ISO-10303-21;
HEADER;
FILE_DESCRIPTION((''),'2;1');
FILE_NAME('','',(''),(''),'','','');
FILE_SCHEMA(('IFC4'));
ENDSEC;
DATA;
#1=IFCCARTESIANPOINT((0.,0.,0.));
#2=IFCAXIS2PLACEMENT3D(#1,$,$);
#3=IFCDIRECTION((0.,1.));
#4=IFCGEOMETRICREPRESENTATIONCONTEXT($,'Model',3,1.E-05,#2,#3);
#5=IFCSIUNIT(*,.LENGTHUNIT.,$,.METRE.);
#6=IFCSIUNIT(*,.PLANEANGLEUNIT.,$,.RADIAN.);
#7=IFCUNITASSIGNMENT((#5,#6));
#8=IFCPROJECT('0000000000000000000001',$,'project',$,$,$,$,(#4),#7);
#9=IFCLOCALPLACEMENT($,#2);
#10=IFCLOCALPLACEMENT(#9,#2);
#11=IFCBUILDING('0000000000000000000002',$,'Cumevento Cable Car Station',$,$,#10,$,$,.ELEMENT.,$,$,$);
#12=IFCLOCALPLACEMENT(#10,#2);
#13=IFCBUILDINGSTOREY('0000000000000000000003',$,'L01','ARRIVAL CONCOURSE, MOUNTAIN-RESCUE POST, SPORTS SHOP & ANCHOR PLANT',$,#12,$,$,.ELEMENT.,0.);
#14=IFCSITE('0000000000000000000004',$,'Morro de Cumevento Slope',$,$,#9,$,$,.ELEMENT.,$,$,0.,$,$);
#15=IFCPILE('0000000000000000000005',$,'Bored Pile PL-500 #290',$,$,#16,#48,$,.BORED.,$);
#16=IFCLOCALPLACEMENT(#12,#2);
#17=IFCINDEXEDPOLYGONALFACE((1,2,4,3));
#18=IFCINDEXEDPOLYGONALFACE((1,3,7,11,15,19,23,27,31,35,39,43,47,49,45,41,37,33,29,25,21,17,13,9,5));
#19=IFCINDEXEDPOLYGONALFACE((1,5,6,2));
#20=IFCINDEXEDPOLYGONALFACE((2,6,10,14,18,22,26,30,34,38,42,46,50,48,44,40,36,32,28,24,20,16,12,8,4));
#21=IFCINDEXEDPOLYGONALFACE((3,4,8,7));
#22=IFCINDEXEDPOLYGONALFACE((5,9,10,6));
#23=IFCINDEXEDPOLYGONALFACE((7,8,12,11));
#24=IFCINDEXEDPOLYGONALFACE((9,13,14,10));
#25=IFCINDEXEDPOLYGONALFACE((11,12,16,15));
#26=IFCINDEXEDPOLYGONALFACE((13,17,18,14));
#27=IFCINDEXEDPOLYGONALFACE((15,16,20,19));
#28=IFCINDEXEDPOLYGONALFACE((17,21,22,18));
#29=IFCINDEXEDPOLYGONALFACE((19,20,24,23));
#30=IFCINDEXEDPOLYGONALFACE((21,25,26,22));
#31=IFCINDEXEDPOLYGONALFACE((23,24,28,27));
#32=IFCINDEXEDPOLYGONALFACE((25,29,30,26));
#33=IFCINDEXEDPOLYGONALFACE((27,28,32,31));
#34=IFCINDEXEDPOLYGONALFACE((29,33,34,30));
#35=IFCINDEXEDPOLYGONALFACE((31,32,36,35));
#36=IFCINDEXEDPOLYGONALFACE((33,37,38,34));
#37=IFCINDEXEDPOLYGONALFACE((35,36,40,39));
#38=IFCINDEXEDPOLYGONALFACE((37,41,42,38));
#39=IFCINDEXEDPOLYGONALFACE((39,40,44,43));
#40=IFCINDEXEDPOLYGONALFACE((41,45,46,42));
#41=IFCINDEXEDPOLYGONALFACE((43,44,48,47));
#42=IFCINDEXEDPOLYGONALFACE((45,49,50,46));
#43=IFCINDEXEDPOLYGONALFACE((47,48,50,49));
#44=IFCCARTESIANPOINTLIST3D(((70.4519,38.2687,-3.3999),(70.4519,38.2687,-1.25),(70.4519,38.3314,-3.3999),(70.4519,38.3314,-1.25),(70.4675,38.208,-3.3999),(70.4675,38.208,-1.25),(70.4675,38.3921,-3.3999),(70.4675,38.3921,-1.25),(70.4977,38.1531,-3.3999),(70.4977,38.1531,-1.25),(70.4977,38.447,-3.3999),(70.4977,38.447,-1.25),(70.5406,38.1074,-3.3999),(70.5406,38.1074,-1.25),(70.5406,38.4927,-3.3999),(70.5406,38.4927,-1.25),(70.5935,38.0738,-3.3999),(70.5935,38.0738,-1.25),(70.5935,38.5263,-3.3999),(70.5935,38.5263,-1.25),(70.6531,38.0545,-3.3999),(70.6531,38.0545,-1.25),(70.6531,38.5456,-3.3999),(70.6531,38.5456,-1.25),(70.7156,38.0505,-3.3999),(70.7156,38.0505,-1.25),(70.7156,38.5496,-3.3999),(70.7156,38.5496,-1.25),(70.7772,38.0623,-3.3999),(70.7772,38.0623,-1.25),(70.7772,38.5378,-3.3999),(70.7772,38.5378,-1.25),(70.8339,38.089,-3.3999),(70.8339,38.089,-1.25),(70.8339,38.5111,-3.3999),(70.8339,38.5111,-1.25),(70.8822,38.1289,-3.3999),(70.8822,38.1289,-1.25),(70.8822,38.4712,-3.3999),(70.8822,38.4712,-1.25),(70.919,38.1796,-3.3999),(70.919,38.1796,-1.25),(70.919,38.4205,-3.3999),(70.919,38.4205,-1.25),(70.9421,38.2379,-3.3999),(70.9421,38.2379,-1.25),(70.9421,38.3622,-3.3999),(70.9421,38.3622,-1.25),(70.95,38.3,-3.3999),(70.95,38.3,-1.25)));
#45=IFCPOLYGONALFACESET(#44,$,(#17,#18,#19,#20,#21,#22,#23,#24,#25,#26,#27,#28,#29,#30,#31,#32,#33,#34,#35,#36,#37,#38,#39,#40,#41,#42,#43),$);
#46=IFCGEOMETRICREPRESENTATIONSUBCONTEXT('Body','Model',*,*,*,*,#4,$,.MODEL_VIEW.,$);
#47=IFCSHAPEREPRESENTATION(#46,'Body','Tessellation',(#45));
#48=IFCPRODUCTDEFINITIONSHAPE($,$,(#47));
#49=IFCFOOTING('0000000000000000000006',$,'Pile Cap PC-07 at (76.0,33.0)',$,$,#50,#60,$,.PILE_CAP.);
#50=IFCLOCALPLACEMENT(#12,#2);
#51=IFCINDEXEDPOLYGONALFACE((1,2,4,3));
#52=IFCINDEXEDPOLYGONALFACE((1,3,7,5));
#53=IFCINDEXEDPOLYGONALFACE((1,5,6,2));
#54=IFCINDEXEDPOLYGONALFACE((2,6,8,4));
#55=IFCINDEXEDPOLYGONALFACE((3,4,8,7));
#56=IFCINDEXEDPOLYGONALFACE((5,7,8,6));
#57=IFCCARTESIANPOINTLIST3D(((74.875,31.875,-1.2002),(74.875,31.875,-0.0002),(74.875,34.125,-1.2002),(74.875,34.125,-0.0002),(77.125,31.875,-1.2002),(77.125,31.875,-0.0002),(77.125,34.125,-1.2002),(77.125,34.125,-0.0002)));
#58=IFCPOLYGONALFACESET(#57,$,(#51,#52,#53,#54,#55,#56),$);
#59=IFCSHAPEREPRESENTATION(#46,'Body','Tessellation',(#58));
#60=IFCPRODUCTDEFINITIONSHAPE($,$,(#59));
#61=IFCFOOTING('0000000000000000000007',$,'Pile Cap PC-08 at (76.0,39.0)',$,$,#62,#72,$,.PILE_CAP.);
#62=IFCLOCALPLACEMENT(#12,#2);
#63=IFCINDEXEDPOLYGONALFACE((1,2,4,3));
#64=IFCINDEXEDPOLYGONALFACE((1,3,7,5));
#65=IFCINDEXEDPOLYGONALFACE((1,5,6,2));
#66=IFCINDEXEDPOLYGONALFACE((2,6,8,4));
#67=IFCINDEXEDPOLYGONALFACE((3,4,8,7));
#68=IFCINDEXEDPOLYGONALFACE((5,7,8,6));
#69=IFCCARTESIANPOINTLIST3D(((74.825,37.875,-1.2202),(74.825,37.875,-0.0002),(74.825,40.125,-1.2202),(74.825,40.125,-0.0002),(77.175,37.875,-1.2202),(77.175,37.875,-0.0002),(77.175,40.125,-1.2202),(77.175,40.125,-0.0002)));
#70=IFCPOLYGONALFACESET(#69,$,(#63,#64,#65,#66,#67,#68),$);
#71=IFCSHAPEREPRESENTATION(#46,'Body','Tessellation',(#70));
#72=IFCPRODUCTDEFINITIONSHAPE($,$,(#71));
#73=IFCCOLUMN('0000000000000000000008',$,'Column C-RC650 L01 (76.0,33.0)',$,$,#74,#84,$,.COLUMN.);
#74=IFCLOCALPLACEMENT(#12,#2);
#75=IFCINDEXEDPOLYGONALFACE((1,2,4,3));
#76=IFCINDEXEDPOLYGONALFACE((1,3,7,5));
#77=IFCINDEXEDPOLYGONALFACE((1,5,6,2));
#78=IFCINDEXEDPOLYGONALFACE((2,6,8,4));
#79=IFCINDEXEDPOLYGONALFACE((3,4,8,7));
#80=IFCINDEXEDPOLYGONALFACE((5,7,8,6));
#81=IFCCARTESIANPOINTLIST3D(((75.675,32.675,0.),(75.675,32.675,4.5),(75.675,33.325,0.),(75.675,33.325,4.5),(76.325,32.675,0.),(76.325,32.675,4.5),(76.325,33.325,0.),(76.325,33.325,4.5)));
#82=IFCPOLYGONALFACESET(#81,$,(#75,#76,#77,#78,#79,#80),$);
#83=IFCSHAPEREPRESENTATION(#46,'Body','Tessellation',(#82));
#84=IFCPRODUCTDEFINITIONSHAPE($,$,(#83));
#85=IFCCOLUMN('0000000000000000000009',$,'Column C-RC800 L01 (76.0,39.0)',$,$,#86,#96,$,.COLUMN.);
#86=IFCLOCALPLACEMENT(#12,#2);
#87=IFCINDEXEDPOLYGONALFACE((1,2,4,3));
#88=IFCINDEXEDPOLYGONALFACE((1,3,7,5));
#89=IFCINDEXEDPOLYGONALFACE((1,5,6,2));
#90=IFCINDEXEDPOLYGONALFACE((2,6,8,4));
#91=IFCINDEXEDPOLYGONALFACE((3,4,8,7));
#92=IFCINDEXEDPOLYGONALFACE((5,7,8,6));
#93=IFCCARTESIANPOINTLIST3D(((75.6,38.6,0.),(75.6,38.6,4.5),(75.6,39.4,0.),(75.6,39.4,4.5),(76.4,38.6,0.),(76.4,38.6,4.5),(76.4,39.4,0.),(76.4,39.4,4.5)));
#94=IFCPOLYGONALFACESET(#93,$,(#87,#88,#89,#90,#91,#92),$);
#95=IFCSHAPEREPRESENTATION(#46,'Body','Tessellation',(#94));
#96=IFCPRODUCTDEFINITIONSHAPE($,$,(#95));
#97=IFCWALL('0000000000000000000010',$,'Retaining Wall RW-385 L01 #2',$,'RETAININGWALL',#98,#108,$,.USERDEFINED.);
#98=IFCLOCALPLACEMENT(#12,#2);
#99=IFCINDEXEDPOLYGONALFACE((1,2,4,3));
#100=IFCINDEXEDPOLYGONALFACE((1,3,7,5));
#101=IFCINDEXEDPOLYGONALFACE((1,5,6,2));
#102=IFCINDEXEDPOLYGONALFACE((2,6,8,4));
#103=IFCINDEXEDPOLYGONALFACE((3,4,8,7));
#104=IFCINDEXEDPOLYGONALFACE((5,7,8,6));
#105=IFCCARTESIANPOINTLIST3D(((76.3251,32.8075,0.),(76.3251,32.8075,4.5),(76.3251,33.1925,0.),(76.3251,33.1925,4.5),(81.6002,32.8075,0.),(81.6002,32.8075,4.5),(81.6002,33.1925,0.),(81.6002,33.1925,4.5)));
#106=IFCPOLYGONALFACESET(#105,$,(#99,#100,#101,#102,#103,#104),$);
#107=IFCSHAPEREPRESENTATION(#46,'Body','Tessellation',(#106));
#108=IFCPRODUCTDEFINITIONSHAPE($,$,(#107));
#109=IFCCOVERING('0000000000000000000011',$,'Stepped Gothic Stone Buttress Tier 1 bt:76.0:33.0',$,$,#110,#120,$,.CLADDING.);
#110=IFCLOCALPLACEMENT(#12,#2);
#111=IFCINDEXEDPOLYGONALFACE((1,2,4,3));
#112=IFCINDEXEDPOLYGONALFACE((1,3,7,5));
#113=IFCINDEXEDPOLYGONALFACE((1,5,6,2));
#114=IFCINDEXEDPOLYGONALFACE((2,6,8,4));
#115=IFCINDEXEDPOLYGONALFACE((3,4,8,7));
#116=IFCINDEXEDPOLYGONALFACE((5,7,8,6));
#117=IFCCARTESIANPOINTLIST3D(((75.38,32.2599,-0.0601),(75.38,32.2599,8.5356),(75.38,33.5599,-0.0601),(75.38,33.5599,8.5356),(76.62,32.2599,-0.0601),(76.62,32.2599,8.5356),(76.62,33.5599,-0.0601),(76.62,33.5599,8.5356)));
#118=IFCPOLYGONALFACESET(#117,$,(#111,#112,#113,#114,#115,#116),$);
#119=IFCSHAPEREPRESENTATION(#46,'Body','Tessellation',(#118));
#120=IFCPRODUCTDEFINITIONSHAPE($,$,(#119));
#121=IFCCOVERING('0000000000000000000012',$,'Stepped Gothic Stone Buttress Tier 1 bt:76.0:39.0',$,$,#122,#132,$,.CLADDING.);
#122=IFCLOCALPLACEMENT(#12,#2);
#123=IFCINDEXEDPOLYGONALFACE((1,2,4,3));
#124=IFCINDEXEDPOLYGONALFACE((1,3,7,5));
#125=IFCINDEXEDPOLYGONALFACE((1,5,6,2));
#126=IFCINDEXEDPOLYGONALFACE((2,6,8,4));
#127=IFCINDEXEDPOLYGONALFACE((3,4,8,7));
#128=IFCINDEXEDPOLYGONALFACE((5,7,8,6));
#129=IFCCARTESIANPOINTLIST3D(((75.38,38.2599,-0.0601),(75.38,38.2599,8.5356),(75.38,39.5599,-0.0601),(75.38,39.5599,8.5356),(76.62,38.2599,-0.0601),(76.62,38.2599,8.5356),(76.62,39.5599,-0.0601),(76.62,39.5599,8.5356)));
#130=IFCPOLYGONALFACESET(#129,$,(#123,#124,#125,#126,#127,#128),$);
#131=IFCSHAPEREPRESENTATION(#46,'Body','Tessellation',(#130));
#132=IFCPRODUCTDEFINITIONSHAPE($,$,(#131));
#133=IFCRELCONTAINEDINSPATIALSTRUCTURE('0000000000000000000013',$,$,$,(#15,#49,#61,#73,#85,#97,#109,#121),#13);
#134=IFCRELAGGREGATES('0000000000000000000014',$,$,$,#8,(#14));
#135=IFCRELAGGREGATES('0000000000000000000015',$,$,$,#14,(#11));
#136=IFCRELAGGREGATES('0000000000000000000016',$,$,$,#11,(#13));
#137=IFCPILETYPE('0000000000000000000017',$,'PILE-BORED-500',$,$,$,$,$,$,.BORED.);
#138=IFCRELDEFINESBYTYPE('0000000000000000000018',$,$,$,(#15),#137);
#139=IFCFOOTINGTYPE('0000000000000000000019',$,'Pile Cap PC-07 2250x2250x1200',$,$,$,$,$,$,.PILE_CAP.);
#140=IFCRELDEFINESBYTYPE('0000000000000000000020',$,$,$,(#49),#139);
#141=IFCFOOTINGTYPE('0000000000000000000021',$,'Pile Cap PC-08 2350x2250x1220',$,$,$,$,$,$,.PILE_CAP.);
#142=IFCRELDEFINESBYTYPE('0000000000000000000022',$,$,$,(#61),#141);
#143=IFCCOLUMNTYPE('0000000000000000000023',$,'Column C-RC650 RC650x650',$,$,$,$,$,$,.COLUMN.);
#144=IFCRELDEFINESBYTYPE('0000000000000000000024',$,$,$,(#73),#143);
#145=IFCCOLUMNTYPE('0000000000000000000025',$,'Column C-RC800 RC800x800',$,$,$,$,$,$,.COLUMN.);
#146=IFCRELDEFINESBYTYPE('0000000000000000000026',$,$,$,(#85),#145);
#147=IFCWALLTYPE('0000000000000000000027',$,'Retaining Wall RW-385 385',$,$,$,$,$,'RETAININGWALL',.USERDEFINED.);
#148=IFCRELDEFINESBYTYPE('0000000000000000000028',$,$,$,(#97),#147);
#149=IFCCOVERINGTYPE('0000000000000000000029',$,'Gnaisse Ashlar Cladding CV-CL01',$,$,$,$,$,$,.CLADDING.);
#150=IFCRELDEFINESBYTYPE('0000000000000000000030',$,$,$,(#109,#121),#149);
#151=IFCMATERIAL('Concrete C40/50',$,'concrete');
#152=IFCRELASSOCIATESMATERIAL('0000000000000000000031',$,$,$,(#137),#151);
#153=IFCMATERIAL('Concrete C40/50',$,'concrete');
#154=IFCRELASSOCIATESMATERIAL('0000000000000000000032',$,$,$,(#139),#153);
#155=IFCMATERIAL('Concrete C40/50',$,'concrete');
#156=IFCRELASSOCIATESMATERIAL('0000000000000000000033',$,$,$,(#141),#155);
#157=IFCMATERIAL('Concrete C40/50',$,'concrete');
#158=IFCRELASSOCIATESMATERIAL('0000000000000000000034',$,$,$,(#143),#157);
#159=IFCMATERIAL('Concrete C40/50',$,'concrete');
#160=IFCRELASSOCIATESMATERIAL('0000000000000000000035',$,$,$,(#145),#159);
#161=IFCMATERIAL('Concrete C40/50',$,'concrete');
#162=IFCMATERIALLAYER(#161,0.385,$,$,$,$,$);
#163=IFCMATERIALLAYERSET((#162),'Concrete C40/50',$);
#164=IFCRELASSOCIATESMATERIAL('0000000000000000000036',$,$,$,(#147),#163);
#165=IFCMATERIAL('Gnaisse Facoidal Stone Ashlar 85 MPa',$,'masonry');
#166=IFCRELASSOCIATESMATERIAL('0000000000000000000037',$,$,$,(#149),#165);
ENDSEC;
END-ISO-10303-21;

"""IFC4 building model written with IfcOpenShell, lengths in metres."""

from ifc_helpers import new_model, si_unit, direction, frame, frame_2d, origin, origin_2d, place, context, subcontext, project, spatial, rectangle, circle, extrude, material, layer, layer_set, material_profile, profile_set, type_object, element, save


model = new_model("IFC4")

# Units and contexts
model_context = context("Model", 3, precision=1e-05, world=origin(), true_north=direction((0.0, 1.0)))
body_context = subcontext(model_context, "Body", "Model", "MODEL_VIEW")
ifc_project = project(units=[si_unit("LENGTHUNIT", "METRE"), si_unit("PLANEANGLEUNIT", "RADIAN")], contexts=[model_context])

# Site, building, storey
site_placement = place(None, origin())
site = spatial("IfcSite", under=ifc_project, at=site_placement, Name="Morro de Cumevento Slope", CompositionType="ELEMENT", RefElevation=0.0)
building_placement = place(site_placement, origin())
building = spatial("IfcBuilding", under=site, at=building_placement, Name="Cumevento Cable Car Station", CompositionType="ELEMENT")
storey_placement = place(building_placement, origin())
storey = spatial("IfcBuildingStorey", under=building, at=storey_placement, Name="L01", Description="ARRIVAL CONCOURSE, MOUNTAIN-RESCUE POST, SPORTS SHOP & ANCHOR PLANT", CompositionType="ELEMENT", Elevation=0.0)

# Pile
ifc_material_1 = material(Name="Concrete C40/50", Category="concrete")
ifc_material_profile_1 = material_profile(ifc_material_1, circle(Radius=0.25, at=origin_2d()), Name="PILE-D500")
ifc_profile_set_1 = profile_set([ifc_material_profile_1], Name="Concrete C40/50")
pile_type_1 = type_object("IfcPileType", Name="PILE-BORED-500", PredefinedType="BORED", material=ifc_profile_set_1)
pile_1_placement = place(storey_placement, frame((70.7, 38.3, -1.25), z_axis=(0.0, 0.0, -1.0), x_axis=(1.0, 0.0, 0.0)))
element("IfcPile", 1, at=pile_1_placement, inside=storey, type_object=pile_type_1, Name="Bored Pile PL-500 #290", PredefinedType="BORED", context=body_context, shape_type="SweptSolid", body=[
    extrude(circle(Radius=0.25, at=origin_2d()), origin(), (0.0, 0.0, 1.0), 2.1499),
])

# Footings
ifc_material_2 = material(Name="Concrete C40/50", Category="concrete")
footing_type_1 = type_object("IfcFootingType", Name="Pile Cap PC-07 2250x2250x1200", PredefinedType="PILE_CAP", material=ifc_material_2)
footing_1_placement = place(storey_placement, frame((76.0, 33.0, -1.2002), z_axis=(0.0, 0.0, 1.0), x_axis=(1.0, 0.0, 0.0)))
element("IfcFooting", 2, at=footing_1_placement, inside=storey, type_object=footing_type_1, Name="Pile Cap PC-07 at (76.0,33.0)", PredefinedType="PILE_CAP", context=body_context, shape_type="SweptSolid", body=[
    extrude(rectangle(XDim=2.25, YDim=2.25, at=origin_2d()), origin(), (0.0, 0.0, 1.0), 1.2),
])
ifc_material_3 = material(Name="Concrete C40/50", Category="concrete")
footing_type_2 = type_object("IfcFootingType", Name="Pile Cap PC-08 2350x2250x1220", PredefinedType="PILE_CAP", material=ifc_material_3)
footing_2_placement = place(storey_placement, frame((76.0, 39.0, -1.2202), z_axis=(0.0, 0.0, 1.0), x_axis=(1.0, 0.0, 0.0)))
element("IfcFooting", 3, at=footing_2_placement, inside=storey, type_object=footing_type_2, Name="Pile Cap PC-08 at (76.0,39.0)", PredefinedType="PILE_CAP", context=body_context, shape_type="SweptSolid", body=[
    extrude(rectangle(XDim=2.3501, YDim=2.25, at=origin_2d()), origin(), (0.0, 0.0, 1.0), 1.22),
])

# Columns
ifc_material_4 = material(Name="Concrete C40/50", Category="concrete")
ifc_material_profile_2 = material_profile(ifc_material_4, rectangle(XDim=0.6499, YDim=0.6499, at=origin_2d()), Name="RC650x650")
ifc_profile_set_2 = profile_set([ifc_material_profile_2], Name="Concrete C40/50")
column_type_1 = type_object("IfcColumnType", Name="Column C-RC650 RC650x650", PredefinedType="COLUMN", material=ifc_profile_set_2)
column_1_placement = place(storey_placement, frame((76.0, 33.0, 0.0), z_axis=(0.0, 0.0, 1.0), x_axis=(1.0, 0.0, 0.0)))
element("IfcColumn", 4, at=column_1_placement, inside=storey, type_object=column_type_1, Name="Column C-RC650 L01 (76.0,33.0)", PredefinedType="COLUMN", context=body_context, shape_type="SweptSolid", body=[
    extrude(rectangle(XDim=0.6499, YDim=0.6499, at=origin_2d()), origin(), (0.0, 0.0, 1.0), 4.5),
])
ifc_material_5 = material(Name="Concrete C40/50", Category="concrete")
ifc_material_profile_3 = material_profile(ifc_material_5, rectangle(XDim=0.8, YDim=0.8, at=origin_2d()), Name="RC800x800")
ifc_profile_set_3 = profile_set([ifc_material_profile_3], Name="Concrete C40/50")
column_type_2 = type_object("IfcColumnType", Name="Column C-RC800 RC800x800", PredefinedType="COLUMN", material=ifc_profile_set_3)
column_2_placement = place(storey_placement, frame((76.0, 39.0, 0.0), z_axis=(0.0, 0.0, 1.0), x_axis=(1.0, 0.0, 0.0)))
element("IfcColumn", 5, at=column_2_placement, inside=storey, type_object=column_type_2, Name="Column C-RC800 L01 (76.0,39.0)", PredefinedType="COLUMN", context=body_context, shape_type="SweptSolid", body=[
    extrude(rectangle(XDim=0.8, YDim=0.8, at=origin_2d()), origin(), (0.0, 0.0, 1.0), 4.5),
])

# Wall
ifc_material_6 = material(Name="Concrete C40/50", Category="concrete")
ifc_layer = layer(ifc_material_6, 0.385)
ifc_layer_set = layer_set([ifc_layer], Name="Concrete C40/50")
wall_type = type_object("IfcWallType", Name="Retaining Wall RW-385 385", ElementType="RETAININGWALL", PredefinedType="USERDEFINED", material=ifc_layer_set)
wall_placement = place(storey_placement, frame((76.325, 33.0, 0.0), z_axis=(0.0, 0.0, 1.0), x_axis=(1.0, 0.0, 0.0)))
element("IfcWall", 6, at=wall_placement, inside=storey, type_object=wall_type, Name="Retaining Wall RW-385 L01 #2", ObjectType="RETAININGWALL", PredefinedType="USERDEFINED", context=body_context, shape_type="SweptSolid", body=[
    extrude(rectangle(XDim=5.2751, YDim=0.385, at=frame_2d((2.6377, 0.0))), origin(), (0.0, 0.0, 1.0), 4.5),
])

# Coverings
ifc_material_7 = material(Name="Gnaisse Facoidal Stone Ashlar 85 MPa", Category="masonry")
covering_type = type_object("IfcCoveringType", Name="Gnaisse Ashlar Cladding CV-CL01", PredefinedType="CLADDING", material=ifc_material_7)
for number, where, z_axis, x_axis, name in (
    (7, (76.0, 32.9099, -0.0601), (0.0, 0.0, 1.0), (1.0, 0.0, 0.0), "Stepped Gothic Stone Buttress Tier 1 bt:76.0:33.0"),
    (8, (76.0, 38.9099, -0.0601), (0.0, 0.0, 1.0), (1.0, 0.0, 0.0), "Stepped Gothic Stone Buttress Tier 1 bt:76.0:39.0"),
):
    element("IfcCovering", number, at=place(storey_placement, frame(where, z_axis=z_axis, x_axis=x_axis)), inside=storey, type_object=covering_type, Name=name, PredefinedType="CLADDING", context=body_context, shape_type="SweptSolid", body=[
        extrude(rectangle(XDim=1.24, YDim=1.3, at=origin_2d()), origin(), (0.0, 0.0, 1.0), 8.5957),
    ])

save(model, "model.ifc")
